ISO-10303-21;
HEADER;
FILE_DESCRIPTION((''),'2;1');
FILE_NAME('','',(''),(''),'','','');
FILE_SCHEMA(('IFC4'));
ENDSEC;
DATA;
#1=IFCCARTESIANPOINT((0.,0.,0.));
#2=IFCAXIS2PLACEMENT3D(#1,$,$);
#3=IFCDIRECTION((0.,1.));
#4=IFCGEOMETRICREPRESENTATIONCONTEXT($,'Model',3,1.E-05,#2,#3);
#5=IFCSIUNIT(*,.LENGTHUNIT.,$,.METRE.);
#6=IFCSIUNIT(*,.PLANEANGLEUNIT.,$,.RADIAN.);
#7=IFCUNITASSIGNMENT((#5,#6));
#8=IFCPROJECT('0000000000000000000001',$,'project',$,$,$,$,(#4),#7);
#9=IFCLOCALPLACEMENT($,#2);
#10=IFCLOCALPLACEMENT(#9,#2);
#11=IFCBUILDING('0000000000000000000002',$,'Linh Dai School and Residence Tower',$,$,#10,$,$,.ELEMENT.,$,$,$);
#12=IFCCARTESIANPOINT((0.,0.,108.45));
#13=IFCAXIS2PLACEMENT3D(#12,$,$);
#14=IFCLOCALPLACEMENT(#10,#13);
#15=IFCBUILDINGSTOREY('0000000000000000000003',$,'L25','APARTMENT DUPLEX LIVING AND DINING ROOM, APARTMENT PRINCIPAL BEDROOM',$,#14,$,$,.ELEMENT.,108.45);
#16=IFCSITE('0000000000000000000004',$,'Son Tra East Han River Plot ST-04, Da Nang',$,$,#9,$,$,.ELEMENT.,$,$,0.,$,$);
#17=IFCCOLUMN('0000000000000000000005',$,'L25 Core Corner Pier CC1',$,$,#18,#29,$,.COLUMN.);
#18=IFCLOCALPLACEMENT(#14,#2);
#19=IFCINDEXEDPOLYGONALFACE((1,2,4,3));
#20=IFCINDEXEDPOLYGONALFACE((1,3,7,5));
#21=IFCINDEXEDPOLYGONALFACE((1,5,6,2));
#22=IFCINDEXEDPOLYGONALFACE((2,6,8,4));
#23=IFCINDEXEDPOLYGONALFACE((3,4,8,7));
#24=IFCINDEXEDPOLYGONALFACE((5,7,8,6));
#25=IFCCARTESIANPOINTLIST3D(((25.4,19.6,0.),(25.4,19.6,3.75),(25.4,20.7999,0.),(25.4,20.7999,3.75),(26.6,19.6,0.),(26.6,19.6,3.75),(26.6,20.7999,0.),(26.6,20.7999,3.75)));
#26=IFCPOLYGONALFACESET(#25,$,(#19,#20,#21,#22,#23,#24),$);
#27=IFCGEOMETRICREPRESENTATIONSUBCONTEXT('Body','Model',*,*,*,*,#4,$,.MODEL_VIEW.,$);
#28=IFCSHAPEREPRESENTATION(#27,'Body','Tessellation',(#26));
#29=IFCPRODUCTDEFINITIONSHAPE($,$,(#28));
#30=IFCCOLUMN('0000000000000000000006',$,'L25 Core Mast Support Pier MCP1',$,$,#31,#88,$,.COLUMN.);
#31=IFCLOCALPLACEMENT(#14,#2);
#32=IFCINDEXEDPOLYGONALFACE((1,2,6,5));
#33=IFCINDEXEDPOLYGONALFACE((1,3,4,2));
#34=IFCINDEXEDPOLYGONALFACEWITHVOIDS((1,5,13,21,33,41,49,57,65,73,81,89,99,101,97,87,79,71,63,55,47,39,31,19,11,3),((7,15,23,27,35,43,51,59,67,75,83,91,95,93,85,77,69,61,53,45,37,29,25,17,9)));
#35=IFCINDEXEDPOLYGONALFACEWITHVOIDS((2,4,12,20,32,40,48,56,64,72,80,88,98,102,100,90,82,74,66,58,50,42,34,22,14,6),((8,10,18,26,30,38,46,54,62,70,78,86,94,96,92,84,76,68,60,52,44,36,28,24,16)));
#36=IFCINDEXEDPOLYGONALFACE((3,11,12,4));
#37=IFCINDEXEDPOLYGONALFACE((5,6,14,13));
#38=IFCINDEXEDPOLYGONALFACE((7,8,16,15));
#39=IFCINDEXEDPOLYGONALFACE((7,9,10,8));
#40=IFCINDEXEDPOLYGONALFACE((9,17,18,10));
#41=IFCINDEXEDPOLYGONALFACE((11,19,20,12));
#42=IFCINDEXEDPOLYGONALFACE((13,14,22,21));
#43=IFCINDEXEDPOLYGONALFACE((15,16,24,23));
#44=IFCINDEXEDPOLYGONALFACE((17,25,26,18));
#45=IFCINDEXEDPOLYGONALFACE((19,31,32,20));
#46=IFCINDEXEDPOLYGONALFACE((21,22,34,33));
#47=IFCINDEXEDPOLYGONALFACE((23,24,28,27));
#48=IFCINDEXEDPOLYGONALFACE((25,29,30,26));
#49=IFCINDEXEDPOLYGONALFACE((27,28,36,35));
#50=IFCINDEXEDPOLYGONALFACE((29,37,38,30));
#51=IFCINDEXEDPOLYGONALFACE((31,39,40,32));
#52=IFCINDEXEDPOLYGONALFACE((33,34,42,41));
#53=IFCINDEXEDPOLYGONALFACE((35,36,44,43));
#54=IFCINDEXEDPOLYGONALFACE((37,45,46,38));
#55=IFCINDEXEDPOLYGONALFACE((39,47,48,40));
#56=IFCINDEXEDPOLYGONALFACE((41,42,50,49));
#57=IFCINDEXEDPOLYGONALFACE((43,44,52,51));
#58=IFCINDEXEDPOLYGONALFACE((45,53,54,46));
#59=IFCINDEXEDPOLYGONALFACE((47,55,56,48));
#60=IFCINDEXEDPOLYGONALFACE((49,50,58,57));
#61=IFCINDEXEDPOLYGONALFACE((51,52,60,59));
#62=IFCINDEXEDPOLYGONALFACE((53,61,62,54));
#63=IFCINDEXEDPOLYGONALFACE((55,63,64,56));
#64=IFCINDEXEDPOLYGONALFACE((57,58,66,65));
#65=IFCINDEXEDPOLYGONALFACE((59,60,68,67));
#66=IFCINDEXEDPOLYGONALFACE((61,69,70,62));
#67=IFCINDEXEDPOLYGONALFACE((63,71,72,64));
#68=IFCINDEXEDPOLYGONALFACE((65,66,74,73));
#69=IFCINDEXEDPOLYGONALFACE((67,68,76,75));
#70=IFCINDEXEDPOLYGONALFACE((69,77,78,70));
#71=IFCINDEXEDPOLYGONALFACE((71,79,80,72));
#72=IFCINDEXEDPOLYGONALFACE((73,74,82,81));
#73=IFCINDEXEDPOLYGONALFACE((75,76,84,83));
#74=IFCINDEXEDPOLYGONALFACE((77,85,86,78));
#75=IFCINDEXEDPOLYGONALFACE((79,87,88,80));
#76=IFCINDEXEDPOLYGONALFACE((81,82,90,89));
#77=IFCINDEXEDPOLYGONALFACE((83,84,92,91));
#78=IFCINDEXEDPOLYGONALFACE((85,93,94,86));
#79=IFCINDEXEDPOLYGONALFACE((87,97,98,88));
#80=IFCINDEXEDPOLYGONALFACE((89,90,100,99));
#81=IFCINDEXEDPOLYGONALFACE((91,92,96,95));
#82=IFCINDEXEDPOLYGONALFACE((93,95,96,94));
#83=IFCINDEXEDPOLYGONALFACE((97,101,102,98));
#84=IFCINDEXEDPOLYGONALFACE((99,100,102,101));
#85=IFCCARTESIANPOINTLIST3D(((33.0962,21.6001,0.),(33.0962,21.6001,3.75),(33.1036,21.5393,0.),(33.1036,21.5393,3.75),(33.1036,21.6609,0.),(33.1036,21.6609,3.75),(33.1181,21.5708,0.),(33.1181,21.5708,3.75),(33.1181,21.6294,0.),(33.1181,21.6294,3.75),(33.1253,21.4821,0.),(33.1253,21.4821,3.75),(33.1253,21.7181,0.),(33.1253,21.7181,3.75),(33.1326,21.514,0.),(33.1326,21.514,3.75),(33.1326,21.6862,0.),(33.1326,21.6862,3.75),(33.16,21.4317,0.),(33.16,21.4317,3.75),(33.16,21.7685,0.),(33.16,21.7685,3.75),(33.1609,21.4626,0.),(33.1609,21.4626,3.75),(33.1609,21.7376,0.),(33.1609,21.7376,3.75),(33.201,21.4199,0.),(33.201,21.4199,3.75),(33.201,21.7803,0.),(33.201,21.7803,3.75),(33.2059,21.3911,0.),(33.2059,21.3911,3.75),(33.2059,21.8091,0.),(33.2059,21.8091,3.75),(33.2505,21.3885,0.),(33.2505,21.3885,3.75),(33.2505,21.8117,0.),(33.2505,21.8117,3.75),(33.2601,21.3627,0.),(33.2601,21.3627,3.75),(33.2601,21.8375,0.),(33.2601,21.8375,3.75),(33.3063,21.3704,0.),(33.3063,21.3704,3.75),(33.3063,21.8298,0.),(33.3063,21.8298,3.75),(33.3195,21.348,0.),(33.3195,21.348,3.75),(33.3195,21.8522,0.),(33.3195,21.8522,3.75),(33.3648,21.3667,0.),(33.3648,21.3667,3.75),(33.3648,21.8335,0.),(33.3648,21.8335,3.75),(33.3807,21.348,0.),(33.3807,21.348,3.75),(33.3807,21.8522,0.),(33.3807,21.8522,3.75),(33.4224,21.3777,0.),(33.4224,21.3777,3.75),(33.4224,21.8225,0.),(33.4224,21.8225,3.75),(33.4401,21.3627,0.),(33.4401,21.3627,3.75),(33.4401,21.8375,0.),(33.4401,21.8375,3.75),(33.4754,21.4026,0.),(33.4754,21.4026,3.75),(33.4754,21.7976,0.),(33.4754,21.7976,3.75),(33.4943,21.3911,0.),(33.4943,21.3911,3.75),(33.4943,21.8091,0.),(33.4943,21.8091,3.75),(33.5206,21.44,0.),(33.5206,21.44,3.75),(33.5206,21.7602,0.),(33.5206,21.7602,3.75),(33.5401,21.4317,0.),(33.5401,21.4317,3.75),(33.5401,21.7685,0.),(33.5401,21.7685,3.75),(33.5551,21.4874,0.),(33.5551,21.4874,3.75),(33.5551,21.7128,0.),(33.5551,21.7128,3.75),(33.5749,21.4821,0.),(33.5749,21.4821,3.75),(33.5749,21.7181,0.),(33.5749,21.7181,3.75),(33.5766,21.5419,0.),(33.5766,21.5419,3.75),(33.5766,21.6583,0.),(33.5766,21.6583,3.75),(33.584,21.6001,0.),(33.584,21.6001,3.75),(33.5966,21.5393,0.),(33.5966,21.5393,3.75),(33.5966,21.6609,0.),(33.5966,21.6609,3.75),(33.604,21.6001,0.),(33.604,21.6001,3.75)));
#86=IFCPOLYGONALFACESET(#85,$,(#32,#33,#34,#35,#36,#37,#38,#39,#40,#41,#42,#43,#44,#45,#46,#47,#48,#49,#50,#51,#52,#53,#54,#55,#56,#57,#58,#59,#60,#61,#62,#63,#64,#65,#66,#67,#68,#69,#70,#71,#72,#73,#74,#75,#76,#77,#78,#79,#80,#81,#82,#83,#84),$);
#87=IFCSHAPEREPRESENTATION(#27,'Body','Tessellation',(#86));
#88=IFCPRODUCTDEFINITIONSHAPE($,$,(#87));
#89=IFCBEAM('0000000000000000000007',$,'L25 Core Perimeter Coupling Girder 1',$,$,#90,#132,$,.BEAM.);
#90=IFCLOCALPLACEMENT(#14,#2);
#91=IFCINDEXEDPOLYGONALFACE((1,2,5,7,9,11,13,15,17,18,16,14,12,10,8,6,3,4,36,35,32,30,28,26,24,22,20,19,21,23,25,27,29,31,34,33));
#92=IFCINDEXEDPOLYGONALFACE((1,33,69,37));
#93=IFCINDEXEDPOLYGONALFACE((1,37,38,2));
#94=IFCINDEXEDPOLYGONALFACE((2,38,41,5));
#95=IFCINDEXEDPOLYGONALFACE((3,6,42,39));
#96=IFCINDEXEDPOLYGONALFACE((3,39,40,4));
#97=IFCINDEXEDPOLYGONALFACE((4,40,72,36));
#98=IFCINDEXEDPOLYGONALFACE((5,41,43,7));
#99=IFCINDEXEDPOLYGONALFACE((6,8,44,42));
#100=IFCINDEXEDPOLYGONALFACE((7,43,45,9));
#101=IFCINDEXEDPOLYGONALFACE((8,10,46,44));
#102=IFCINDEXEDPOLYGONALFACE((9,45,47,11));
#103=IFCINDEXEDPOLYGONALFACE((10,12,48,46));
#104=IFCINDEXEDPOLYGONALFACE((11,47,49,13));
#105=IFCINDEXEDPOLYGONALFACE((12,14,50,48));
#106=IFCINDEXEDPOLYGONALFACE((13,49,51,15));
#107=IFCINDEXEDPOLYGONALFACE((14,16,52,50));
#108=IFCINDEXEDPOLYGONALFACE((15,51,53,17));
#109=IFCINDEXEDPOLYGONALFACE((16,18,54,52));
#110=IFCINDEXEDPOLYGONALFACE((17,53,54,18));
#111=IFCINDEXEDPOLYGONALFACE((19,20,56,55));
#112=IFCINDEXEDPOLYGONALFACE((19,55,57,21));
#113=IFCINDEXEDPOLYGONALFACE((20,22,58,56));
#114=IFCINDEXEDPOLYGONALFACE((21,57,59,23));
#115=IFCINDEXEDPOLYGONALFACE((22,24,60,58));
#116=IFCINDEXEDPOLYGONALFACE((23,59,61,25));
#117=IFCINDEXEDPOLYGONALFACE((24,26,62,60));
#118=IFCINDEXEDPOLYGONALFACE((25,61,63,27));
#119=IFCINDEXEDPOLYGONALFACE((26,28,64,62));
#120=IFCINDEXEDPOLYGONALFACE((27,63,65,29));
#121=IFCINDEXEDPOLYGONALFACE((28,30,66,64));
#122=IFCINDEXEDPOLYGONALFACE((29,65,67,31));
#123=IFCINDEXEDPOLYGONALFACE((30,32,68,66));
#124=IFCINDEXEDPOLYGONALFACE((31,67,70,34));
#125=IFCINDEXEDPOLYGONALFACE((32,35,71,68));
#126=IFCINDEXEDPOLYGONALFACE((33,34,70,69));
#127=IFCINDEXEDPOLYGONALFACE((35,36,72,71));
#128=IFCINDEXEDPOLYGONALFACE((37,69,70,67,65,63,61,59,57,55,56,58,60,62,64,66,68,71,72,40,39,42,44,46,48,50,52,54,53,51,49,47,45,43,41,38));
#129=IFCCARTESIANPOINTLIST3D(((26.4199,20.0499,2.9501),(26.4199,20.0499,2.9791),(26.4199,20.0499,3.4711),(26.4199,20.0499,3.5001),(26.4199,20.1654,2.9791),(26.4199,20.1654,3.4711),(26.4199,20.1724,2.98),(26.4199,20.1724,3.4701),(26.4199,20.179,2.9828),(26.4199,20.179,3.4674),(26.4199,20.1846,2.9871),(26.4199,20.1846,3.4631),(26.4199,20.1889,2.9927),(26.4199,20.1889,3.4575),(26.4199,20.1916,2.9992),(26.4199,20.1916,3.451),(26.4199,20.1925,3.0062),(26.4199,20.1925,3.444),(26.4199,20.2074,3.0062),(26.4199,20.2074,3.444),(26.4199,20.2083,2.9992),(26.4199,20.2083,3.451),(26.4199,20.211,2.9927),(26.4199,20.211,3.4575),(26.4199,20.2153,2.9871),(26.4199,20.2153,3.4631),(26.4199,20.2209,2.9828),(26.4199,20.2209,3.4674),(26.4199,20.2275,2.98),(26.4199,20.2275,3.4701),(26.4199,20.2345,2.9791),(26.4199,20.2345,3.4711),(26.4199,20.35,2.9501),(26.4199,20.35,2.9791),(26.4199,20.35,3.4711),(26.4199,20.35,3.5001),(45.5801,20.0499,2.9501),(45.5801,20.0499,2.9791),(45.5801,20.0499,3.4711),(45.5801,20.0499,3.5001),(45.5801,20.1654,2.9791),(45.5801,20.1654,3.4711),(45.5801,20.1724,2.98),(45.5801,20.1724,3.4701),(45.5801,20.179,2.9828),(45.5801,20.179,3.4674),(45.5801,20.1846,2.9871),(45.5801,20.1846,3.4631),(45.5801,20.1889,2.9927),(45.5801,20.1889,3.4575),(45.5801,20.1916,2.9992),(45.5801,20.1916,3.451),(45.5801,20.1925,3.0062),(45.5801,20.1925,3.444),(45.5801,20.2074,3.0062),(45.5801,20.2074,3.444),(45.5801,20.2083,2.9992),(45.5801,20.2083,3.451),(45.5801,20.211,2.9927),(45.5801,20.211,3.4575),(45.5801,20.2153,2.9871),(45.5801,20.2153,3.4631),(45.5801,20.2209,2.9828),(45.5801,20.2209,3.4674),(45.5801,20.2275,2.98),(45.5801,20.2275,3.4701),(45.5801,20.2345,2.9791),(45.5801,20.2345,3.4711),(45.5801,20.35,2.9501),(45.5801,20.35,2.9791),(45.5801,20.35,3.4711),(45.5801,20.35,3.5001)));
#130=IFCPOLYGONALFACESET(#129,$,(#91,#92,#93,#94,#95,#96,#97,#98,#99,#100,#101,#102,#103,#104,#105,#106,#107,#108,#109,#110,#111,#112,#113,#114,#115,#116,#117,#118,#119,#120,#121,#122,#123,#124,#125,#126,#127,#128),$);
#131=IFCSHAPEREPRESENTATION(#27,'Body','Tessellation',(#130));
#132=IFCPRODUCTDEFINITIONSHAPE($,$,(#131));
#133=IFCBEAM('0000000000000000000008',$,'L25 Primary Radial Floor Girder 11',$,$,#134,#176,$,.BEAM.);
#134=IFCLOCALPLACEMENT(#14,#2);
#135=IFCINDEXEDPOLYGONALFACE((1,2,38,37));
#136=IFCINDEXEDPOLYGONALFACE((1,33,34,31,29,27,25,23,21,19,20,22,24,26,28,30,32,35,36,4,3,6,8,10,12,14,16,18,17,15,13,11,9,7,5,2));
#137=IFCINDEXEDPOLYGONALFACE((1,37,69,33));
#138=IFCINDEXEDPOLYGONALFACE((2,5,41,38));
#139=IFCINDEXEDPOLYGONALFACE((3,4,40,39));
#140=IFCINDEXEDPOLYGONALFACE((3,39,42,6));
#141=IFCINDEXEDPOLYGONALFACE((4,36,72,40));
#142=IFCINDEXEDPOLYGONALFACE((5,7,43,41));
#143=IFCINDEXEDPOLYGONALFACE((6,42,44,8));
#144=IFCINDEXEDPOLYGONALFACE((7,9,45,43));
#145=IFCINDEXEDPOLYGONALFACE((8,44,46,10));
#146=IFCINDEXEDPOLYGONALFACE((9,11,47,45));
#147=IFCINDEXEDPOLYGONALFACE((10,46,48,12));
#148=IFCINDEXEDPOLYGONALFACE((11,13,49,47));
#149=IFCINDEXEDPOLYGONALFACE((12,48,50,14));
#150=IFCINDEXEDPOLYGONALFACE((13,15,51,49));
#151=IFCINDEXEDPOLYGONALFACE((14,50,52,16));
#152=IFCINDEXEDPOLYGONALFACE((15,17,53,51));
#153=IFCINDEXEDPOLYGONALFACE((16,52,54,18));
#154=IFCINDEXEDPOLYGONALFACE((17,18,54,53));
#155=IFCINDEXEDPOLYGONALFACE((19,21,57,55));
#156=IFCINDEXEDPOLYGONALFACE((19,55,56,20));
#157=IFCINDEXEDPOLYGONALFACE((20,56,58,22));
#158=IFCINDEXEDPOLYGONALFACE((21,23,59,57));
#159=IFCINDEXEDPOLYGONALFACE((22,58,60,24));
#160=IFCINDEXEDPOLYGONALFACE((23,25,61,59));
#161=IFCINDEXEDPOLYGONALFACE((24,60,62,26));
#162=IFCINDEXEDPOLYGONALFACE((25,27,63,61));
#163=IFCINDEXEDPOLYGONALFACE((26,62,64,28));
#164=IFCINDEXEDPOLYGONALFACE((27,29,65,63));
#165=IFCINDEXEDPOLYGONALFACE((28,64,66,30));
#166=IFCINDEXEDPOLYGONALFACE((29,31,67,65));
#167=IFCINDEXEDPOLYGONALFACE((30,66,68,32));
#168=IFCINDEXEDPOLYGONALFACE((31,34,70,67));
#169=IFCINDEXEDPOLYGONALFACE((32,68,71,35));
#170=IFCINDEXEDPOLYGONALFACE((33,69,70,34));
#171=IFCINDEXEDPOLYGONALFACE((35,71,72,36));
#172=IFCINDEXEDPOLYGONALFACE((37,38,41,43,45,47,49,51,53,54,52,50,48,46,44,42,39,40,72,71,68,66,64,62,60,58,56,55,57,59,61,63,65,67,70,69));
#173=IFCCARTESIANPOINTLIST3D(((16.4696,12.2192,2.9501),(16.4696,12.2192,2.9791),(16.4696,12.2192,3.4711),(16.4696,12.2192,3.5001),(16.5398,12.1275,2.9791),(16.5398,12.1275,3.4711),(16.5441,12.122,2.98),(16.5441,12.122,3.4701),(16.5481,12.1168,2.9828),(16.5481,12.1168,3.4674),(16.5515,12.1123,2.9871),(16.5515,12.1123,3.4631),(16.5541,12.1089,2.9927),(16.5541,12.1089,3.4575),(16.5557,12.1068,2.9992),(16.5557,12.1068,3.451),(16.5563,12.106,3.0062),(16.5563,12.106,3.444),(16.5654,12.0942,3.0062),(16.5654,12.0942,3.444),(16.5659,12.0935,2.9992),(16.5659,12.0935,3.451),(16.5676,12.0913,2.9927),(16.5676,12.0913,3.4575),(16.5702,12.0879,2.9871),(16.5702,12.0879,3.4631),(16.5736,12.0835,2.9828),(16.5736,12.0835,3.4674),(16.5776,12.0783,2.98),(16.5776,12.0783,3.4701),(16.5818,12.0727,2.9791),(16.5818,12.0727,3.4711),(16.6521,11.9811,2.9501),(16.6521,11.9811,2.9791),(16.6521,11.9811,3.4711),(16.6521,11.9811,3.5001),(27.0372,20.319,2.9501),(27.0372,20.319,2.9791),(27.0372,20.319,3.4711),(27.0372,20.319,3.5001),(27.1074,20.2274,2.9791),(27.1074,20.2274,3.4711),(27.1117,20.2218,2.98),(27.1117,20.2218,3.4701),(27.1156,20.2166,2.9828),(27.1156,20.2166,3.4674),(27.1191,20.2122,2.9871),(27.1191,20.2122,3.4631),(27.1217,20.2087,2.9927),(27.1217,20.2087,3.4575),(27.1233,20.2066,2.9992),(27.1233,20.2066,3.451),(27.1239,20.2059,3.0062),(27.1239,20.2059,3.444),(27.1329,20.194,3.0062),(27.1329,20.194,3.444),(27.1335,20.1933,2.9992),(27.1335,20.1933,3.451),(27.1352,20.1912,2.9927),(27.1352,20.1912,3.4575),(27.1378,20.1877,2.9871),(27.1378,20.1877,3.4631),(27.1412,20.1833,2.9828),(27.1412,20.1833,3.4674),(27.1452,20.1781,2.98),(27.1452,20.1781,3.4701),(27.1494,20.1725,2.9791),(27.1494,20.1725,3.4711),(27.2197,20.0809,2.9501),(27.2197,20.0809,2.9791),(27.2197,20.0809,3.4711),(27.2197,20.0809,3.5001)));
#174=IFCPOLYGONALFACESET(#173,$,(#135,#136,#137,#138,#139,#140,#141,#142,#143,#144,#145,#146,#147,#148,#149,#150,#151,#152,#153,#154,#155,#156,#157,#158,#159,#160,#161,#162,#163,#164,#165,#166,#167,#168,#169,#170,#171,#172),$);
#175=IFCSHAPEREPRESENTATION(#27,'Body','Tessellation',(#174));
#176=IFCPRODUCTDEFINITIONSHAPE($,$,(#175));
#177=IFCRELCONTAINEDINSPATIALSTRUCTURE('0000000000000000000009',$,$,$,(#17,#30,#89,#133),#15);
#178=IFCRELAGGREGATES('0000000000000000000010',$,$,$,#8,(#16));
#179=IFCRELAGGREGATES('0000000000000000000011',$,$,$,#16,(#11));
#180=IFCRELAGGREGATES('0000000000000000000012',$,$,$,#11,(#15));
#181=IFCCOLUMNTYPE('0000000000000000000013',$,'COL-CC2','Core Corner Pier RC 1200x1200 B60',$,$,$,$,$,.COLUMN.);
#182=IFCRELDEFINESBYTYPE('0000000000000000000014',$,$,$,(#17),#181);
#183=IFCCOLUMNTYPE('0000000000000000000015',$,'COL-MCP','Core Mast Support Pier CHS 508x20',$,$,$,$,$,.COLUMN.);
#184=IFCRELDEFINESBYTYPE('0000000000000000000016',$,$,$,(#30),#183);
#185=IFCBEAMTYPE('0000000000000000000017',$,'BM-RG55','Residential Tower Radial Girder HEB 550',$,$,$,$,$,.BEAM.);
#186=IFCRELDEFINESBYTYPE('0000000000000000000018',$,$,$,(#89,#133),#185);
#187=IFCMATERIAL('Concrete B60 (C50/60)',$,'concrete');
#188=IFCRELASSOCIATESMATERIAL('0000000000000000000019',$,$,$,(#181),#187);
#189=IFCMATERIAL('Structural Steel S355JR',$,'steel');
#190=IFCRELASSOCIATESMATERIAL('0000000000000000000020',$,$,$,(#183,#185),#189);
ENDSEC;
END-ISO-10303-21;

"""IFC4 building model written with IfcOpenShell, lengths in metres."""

from ifc_helpers import new_model, si_unit, direction, frame, origin, origin_2d, place, context, subcontext, project, spatial, rectangle, hollow_circle, i_section, extrude, material, material_profile, profile_set, type_object, element, save


model = new_model("IFC4")

# Units and contexts
model_context = context("Model", 3, precision=1e-05, world=origin(), true_north=direction((0.0, 1.0)))
body_context = subcontext(model_context, "Body", "Model", "MODEL_VIEW")
ifc_project = project(units=[si_unit("LENGTHUNIT", "METRE"), si_unit("PLANEANGLEUNIT", "RADIAN")], contexts=[model_context])

# Site, building, storey
site_placement = place(None, origin())
site = spatial("IfcSite", under=ifc_project, at=site_placement, Name="Son Tra East Han River Plot ST-04, Da Nang", CompositionType="ELEMENT", RefElevation=0.0)
building_placement = place(site_placement, origin())
building = spatial("IfcBuilding", under=site, at=building_placement, Name="Linh Dai School and Residence Tower", CompositionType="ELEMENT")
storey_placement = place(building_placement, frame((0.0, 0.0, 108.45)))
storey = spatial("IfcBuildingStorey", under=building, at=storey_placement, Name="L25", Description="APARTMENT DUPLEX LIVING AND DINING ROOM, APARTMENT PRINCIPAL BEDROOM", CompositionType="ELEMENT", Elevation=108.45)

# Columns
ifc_material_1 = material(Name="Concrete B60 (C50/60)", Category="concrete")
ifc_material_profile_1 = material_profile(ifc_material_1, rectangle(XDim=1.2, YDim=1.2, at=origin_2d()), Name="RC 1200x1200")
ifc_profile_set_1 = profile_set([ifc_material_profile_1], Name="Concrete B60 (C50/60)")
column_type_1 = type_object("IfcColumnType", Name="COL-CC2", Description="Core Corner Pier RC 1200x1200 B60", PredefinedType="COLUMN", material=ifc_profile_set_1)
column_1_placement = place(storey_placement, frame((26.0, 20.2, 0.0), z_axis=(0.0, 0.0, 1.0), x_axis=(1.0, 0.0, 0.0)))
element("IfcColumn", 1, at=column_1_placement, inside=storey, type_object=column_type_1, Name="L25 Core Corner Pier CC1", PredefinedType="COLUMN", context=body_context, shape_type="SweptSolid", body=[
    extrude(rectangle(XDim=1.2, YDim=1.2, at=origin_2d()), origin(), (0.0, 0.0, 1.0), 3.75),
])
ifc_material_2 = material(Name="Structural Steel S355JR", Category="steel")
ifc_material_profile_2 = material_profile(ifc_material_2, hollow_circle(Radius=0.2539, WallThickness=0.02, at=origin_2d()), Name="CHS 508x20")
ifc_profile_set_2 = profile_set([ifc_material_profile_2], Name="Structural Steel S355JR")
column_type_2 = type_object("IfcColumnType", Name="COL-MCP", Description="Core Mast Support Pier CHS 508x20", PredefinedType="COLUMN", material=ifc_profile_set_2)
column_2_placement = place(storey_placement, frame((33.3501, 21.6001, 0.0), z_axis=(0.0, 0.0, 1.0), x_axis=(1.0, 0.0, 0.0)))
element("IfcColumn", 2, at=column_2_placement, inside=storey, type_object=column_type_2, Name="L25 Core Mast Support Pier MCP1", PredefinedType="COLUMN", context=body_context, shape_type="SweptSolid", body=[
    extrude(hollow_circle(Radius=0.2539, WallThickness=0.02, at=origin_2d()), origin(), (0.0, 0.0, 1.0), 3.75),
])

# Beams
ifc_material_profile_3 = material_profile(ifc_material_2, i_section(OverallWidth=0.3, OverallDepth=0.55, WebThickness=0.0149, FlangeThickness=0.0291, FilletRadius=0.0271, at=origin_2d()), Name="HEB 550")
ifc_profile_set_3 = profile_set([ifc_material_profile_3], Name="Structural Steel S355JR")
beam_type_1 = type_object("IfcBeamType", Name="BM-RG55", Description="Residential Tower Radial Girder HEB 550", PredefinedType="BEAM", material=ifc_profile_set_3)
beam_1_placement = place(storey_placement, frame((26.4199, 20.2, 3.2251), z_axis=(1.0, 0.0, 0.0), x_axis=(0.0, 1.0, 0.0)))
element("IfcBeam", 3, at=beam_1_placement, inside=storey, type_object=beam_type_1, Name="L25 Core Perimeter Coupling Girder 1", PredefinedType="BEAM", context=body_context, shape_type="SweptSolid", body=[
    extrude(i_section(OverallWidth=0.3, OverallDepth=0.55, WebThickness=0.0149, FlangeThickness=0.0291, FilletRadius=0.0271, at=origin_2d()), origin(), (0.0, 0.0, 1.0), 19.1602),
])
beam_2_placement = place(storey_placement, frame((27.1284, 20.2, 3.2251), z_axis=(-0.793679, -0.608337, 0.0), x_axis=(0.608337, -0.793679, 0.0)))
element("IfcBeam", 4, at=beam_2_placement, inside=storey, type_object=beam_type_1, Name="L25 Primary Radial Floor Girder 11", PredefinedType="BEAM", context=body_context, shape_type="SweptSolid", body=[
    extrude(i_section(OverallWidth=0.3, OverallDepth=0.55, WebThickness=0.0149, FlangeThickness=0.0291, FilletRadius=0.0271, at=origin_2d()), origin(), (0.0, 0.0, 1.0), 13.3147),
])

save(model, "model.ifc")
